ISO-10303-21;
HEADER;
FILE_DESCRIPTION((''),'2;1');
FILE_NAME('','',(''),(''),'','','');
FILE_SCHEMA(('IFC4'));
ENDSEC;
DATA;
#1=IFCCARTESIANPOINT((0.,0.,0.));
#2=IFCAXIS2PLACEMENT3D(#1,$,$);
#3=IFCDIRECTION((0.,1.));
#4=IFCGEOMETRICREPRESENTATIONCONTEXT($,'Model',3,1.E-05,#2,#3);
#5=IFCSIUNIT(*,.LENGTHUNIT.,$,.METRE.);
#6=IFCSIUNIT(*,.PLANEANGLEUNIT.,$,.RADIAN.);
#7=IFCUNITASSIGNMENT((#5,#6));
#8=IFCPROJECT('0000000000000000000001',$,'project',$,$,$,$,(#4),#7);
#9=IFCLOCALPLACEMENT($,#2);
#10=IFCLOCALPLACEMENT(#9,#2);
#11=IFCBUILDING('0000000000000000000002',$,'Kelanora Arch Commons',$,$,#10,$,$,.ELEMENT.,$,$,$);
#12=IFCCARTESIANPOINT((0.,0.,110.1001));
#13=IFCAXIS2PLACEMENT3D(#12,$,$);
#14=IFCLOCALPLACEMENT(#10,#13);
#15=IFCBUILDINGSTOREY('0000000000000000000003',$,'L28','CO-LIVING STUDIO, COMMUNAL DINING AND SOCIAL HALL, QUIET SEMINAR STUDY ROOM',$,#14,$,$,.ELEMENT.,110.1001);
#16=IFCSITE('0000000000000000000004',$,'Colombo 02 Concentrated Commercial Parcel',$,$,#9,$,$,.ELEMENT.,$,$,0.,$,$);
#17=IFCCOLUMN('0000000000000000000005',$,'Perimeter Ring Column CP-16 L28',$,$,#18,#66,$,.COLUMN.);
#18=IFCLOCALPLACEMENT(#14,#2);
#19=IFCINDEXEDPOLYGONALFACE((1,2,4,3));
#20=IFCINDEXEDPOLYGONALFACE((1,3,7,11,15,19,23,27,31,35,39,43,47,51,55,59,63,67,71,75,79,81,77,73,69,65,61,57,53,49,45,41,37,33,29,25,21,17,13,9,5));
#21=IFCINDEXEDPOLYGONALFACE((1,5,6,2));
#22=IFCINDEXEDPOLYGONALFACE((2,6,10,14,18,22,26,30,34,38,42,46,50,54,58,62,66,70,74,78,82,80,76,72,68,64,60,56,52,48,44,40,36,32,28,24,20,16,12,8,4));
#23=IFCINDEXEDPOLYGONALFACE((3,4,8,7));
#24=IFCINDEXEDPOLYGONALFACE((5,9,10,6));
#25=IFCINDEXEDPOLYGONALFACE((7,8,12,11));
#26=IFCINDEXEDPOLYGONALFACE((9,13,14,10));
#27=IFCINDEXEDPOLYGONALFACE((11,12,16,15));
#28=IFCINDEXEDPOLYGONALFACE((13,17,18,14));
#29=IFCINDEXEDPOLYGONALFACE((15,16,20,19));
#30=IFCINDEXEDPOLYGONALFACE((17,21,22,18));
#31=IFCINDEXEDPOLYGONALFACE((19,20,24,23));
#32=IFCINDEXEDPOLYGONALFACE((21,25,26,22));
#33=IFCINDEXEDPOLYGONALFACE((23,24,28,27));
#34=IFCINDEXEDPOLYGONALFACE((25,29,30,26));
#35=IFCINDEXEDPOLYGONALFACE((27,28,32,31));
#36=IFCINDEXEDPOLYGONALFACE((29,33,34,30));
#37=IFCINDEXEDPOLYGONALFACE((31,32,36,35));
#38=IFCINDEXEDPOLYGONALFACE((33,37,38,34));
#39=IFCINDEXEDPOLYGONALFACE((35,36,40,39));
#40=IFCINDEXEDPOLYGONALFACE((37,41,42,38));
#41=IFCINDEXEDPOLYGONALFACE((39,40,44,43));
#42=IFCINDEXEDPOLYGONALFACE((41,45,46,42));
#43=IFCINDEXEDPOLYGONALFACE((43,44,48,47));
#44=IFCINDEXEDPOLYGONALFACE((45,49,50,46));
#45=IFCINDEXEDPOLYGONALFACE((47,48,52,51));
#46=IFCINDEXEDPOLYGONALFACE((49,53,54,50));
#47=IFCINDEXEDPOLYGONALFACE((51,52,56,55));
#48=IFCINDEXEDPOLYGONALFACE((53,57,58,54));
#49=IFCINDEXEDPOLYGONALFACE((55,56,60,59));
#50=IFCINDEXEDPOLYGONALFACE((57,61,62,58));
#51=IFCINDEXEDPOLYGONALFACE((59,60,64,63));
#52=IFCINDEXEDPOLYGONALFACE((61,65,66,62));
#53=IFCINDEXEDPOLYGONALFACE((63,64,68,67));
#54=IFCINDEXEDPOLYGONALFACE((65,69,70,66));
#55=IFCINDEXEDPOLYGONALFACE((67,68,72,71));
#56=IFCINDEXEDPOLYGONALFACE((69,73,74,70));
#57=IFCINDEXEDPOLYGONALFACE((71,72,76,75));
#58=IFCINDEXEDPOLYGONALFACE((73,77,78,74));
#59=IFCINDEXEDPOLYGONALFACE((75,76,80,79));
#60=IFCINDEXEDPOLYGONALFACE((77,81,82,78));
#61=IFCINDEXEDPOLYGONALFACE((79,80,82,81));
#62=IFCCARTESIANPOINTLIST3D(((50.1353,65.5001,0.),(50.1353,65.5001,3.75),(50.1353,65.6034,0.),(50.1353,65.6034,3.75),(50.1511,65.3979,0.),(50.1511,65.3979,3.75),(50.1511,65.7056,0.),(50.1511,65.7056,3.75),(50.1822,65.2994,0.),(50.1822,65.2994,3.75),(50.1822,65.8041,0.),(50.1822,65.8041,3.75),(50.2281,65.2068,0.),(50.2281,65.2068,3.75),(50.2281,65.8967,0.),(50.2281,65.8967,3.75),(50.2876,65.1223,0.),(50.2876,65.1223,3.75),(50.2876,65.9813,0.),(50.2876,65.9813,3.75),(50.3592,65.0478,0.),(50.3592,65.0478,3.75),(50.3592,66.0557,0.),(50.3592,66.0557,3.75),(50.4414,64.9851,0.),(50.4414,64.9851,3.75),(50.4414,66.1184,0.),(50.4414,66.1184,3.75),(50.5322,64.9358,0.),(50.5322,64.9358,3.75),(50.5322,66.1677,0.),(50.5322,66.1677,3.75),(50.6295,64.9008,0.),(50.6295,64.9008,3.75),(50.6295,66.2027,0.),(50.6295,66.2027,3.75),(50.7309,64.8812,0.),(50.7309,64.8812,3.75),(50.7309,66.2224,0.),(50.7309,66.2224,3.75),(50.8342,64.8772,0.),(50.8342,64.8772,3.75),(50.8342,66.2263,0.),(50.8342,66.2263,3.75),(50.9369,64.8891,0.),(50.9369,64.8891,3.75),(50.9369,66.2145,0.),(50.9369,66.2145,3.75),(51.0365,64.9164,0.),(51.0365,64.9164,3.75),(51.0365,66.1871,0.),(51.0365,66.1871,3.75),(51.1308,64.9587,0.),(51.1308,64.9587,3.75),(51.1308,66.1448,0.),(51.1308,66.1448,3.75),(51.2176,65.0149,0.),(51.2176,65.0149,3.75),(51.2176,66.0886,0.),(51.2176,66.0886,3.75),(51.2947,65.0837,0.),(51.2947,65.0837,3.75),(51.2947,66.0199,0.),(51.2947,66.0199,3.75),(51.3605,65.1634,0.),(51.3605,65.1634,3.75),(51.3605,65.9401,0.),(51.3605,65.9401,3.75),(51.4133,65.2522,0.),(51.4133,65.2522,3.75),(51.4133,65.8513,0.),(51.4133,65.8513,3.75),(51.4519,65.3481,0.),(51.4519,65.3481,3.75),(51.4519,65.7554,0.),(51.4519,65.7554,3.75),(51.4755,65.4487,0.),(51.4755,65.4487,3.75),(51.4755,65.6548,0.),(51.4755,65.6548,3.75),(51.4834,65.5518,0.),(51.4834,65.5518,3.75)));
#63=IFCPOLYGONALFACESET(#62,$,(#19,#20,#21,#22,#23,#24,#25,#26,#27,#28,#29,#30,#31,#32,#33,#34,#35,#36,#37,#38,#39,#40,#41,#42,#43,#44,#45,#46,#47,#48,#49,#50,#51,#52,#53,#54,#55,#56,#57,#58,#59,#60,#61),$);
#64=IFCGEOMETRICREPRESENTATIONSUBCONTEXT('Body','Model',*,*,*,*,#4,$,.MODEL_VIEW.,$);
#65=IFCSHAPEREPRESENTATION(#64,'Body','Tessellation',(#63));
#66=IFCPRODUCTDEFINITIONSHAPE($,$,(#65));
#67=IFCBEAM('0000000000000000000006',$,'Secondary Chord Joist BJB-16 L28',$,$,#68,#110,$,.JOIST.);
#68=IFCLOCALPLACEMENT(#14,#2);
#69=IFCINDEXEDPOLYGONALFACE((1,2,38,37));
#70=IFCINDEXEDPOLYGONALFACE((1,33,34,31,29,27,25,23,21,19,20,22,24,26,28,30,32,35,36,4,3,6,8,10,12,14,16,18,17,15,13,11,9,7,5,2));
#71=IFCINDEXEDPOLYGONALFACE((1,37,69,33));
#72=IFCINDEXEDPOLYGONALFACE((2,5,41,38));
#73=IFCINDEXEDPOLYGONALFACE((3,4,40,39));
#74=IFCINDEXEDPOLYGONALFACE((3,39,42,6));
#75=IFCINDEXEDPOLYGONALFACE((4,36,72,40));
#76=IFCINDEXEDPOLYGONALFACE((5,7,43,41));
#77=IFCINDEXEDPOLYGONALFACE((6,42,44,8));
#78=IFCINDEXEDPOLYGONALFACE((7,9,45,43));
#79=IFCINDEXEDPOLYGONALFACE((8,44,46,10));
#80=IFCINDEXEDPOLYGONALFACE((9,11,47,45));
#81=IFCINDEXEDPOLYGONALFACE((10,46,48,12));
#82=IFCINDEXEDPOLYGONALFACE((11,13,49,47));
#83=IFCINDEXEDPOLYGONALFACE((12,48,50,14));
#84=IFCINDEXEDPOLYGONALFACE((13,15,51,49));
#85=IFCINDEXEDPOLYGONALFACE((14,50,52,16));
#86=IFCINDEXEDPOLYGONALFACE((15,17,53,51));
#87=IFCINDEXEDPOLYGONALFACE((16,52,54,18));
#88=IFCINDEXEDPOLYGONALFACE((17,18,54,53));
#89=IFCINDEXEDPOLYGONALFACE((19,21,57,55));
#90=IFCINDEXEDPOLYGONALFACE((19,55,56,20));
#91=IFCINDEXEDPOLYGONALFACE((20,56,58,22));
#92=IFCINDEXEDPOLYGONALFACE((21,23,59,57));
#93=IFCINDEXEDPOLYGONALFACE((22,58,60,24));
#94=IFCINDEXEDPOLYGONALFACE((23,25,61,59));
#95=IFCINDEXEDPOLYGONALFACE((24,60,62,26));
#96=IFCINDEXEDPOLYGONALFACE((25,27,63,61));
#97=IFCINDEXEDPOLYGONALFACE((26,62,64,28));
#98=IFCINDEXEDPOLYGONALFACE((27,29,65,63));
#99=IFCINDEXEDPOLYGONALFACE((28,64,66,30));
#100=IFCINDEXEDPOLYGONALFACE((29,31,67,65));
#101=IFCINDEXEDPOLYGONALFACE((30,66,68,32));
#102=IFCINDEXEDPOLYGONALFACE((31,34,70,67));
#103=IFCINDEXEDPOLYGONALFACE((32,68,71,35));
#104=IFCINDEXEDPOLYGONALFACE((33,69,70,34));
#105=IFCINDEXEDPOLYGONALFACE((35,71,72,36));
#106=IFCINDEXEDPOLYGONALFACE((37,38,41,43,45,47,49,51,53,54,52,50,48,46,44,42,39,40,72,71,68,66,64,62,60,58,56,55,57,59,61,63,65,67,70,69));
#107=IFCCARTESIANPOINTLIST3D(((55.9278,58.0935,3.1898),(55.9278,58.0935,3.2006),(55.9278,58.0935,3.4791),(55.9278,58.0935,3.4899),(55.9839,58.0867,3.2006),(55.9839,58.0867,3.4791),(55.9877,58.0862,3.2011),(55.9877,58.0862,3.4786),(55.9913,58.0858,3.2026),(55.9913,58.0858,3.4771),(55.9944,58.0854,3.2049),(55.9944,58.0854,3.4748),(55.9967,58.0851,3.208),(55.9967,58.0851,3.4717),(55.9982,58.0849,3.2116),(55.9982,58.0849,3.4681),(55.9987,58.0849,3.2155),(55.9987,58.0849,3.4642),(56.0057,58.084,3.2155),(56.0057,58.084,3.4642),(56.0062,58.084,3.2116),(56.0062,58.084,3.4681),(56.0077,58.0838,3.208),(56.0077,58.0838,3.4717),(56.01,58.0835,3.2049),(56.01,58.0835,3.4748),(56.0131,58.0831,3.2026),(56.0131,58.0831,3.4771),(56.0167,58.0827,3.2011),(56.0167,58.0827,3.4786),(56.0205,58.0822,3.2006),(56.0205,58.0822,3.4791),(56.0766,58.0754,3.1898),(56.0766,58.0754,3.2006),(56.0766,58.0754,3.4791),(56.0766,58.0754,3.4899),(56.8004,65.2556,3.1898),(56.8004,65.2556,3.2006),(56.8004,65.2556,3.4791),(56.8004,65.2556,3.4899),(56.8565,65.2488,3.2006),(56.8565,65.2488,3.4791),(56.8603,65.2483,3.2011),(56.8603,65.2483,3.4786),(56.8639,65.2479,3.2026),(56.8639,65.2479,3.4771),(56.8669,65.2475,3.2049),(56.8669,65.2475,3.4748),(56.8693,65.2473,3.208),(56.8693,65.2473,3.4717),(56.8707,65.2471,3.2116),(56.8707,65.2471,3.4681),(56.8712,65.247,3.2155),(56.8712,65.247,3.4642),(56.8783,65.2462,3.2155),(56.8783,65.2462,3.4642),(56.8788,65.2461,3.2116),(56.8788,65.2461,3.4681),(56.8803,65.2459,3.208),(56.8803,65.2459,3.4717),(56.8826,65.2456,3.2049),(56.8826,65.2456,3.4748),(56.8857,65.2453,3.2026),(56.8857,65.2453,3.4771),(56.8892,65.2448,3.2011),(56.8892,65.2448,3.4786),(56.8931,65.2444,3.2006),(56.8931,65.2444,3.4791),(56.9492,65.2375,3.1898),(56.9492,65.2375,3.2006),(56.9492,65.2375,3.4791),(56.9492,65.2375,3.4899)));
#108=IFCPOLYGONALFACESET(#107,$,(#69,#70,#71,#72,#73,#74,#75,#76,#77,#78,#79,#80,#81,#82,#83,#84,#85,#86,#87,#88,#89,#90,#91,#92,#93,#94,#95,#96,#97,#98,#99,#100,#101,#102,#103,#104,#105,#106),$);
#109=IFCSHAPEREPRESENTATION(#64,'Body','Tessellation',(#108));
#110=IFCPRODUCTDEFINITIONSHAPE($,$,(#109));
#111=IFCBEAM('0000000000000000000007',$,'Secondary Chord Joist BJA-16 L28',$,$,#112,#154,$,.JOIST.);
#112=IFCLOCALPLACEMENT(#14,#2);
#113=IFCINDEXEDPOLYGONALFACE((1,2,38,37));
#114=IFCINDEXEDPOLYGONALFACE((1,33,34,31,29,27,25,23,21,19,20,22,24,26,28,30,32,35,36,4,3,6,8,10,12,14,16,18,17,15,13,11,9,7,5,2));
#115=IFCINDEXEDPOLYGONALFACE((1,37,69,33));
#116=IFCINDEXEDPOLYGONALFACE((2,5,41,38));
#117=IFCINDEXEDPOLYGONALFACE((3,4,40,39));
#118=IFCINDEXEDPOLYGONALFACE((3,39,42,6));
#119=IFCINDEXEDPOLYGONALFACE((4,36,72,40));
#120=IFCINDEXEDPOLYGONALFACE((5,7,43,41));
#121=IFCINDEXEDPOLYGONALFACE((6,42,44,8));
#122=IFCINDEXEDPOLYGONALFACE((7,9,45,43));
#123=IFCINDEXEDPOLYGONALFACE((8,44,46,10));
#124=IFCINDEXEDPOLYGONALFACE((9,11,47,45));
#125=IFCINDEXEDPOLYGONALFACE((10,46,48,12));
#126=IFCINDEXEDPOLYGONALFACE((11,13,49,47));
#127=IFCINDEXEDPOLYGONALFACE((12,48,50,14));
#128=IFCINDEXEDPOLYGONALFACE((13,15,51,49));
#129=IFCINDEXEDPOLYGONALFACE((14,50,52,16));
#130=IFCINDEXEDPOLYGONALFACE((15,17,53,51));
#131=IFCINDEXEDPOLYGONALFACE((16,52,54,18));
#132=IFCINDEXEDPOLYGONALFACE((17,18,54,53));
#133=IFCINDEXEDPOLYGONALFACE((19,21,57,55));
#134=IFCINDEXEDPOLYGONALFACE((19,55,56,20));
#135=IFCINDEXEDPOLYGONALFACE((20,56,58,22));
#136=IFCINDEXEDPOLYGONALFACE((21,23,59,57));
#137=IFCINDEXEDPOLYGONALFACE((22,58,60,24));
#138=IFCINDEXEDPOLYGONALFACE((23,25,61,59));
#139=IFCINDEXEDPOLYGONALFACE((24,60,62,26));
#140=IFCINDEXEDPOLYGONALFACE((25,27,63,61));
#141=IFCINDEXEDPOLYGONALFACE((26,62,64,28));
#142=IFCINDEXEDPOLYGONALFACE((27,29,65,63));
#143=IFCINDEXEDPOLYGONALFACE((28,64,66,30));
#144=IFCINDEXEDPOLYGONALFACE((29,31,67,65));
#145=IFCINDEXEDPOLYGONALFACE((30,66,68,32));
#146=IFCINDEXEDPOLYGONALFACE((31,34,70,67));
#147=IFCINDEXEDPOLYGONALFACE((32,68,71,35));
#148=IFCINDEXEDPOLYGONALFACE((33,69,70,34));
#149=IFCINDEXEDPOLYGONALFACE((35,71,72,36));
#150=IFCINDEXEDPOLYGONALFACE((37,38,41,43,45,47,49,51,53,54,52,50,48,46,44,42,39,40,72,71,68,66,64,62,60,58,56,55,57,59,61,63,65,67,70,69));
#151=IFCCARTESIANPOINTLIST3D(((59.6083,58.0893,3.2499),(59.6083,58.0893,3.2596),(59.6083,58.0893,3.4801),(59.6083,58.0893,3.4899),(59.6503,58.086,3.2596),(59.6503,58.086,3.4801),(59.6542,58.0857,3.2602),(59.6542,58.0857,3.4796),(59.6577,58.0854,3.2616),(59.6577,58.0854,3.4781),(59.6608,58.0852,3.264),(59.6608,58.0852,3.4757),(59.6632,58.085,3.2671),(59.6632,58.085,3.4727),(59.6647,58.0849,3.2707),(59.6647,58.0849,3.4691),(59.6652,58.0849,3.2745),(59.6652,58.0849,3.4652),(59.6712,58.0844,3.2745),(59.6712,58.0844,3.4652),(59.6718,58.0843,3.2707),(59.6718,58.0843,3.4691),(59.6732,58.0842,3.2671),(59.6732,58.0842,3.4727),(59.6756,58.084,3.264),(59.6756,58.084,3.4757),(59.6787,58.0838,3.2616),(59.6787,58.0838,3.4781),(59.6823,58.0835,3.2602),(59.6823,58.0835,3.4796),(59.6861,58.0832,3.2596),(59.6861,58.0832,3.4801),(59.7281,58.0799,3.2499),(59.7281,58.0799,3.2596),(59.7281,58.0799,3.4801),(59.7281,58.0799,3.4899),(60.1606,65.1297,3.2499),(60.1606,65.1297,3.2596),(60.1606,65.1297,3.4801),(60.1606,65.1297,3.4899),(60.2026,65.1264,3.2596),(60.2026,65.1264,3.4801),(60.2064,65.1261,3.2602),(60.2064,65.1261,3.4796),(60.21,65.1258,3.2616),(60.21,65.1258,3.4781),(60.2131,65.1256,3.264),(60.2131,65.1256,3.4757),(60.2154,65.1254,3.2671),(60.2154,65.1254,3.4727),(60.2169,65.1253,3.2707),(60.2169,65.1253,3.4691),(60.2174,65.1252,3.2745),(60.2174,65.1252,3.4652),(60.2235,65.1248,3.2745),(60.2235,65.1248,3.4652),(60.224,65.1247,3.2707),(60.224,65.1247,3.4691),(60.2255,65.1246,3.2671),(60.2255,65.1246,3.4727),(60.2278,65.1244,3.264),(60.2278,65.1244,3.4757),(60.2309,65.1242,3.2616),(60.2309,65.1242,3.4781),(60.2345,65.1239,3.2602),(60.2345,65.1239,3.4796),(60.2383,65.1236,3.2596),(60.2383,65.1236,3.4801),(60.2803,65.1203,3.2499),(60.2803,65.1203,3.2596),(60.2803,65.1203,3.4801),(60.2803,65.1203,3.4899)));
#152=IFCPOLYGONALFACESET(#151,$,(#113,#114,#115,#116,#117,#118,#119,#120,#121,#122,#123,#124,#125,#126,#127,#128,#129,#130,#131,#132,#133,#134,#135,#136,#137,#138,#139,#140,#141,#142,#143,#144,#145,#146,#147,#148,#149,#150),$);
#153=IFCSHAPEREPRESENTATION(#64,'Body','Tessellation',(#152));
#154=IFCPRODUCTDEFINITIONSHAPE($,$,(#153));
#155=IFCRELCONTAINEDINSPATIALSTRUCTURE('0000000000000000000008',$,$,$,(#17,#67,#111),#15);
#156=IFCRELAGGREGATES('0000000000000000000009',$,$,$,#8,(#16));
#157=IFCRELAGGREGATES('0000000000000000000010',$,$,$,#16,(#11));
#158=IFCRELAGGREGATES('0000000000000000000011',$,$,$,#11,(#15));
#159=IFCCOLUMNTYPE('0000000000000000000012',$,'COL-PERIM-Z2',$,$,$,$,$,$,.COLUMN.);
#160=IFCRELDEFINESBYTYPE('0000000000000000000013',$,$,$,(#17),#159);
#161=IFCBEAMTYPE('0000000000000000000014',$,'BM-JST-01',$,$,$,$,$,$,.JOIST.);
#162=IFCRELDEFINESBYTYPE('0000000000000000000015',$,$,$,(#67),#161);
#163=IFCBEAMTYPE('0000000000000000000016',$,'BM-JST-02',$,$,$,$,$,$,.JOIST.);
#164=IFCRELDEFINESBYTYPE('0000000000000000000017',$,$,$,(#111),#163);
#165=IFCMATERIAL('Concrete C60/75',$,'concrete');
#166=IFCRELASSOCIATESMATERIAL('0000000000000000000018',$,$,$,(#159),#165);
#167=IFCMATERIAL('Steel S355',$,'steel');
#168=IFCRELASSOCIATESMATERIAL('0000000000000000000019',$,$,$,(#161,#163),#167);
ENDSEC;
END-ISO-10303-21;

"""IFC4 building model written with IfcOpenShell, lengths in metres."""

from ifc_helpers import new_model, si_unit, direction, frame, origin, origin_2d, place, context, subcontext, project, spatial, circle, i_section, extrude, material, material_profile, profile_set, type_object, element, save


model = new_model("IFC4")

# Units and contexts
model_context = context("Model", 3, precision=1e-05, world=origin(), true_north=direction((0.0, 1.0)))
body_context = subcontext(model_context, "Body", "Model", "MODEL_VIEW")
ifc_project = project(units=[si_unit("LENGTHUNIT", "METRE"), si_unit("PLANEANGLEUNIT", "RADIAN")], contexts=[model_context])

# Site, building, storey
site_placement = place(None, origin())
site = spatial("IfcSite", under=ifc_project, at=site_placement, Name="Colombo 02 Concentrated Commercial Parcel", CompositionType="ELEMENT", RefElevation=0.0)
building_placement = place(site_placement, origin())
building = spatial("IfcBuilding", under=site, at=building_placement, Name="Kelanora Arch Commons", CompositionType="ELEMENT")
storey_placement = place(building_placement, frame((0.0, 0.0, 110.1001)))
storey = spatial("IfcBuildingStorey", under=building, at=storey_placement, Name="L28", Description="CO-LIVING STUDIO, COMMUNAL DINING AND SOCIAL HALL, QUIET SEMINAR STUDY ROOM", CompositionType="ELEMENT", Elevation=110.1001)

# Column
ifc_material_1 = material(Name="Concrete C60/75", Category="concrete")
ifc_material_profile_1 = material_profile(ifc_material_1, circle(Radius=0.675, at=origin_2d()), Name="RCC1350")
ifc_profile_set_1 = profile_set([ifc_material_profile_1], Name="Concrete C60/75")
column_type = type_object("IfcColumnType", Name="COL-PERIM-Z2", PredefinedType="COLUMN", material=ifc_profile_set_1)
column_placement = place(storey_placement, frame((50.8083, 65.5518, 0.0), z_axis=(0.0, 0.0, 1.0), x_axis=(1.0, 0.0, 0.0)))
element("IfcColumn", 1, at=column_placement, inside=storey, type_object=column_type, Name="Perimeter Ring Column CP-16 L28", PredefinedType="COLUMN", context=body_context, shape_type="SweptSolid", body=[
    extrude(circle(Radius=0.675, at=origin_2d()), origin(), (0.0, 0.0, 1.0), 3.75),
])

# Beams
ifc_material_2 = material(Name="Steel S355", Category="steel")
ifc_material_profile_2 = material_profile(ifc_material_2, i_section(OverallWidth=0.1499, OverallDepth=0.3, WebThickness=0.0071, FlangeThickness=0.0107, FilletRadius=0.0149, at=origin_2d()), Name="IPE300")
ifc_profile_set_2 = profile_set([ifc_material_profile_2], Name="Steel S355")
beam_type_1 = type_object("IfcBeamType", Name="BM-JST-01", PredefinedType="JOIST", material=ifc_profile_set_2)
beam_1_placement = place(storey_placement, frame((56.8748, 65.2466, 3.3398), z_axis=(-0.120936, -0.99266, 0.0), x_axis=(0.99266, -0.120936, 0.0)))
element("IfcBeam", 2, at=beam_1_placement, inside=storey, type_object=beam_type_1, Name="Secondary Chord Joist BJB-16 L28", PredefinedType="JOIST", context=body_context, shape_type="SweptSolid", body=[
    extrude(i_section(OverallWidth=0.1499, OverallDepth=0.3, WebThickness=0.0071, FlangeThickness=0.0107, FilletRadius=0.0149, at=origin_2d()), origin(), (0.0, 0.0, 1.0), 7.2151),
])
ifc_material_profile_3 = material_profile(ifc_material_2, i_section(OverallWidth=0.1201, OverallDepth=0.24, WebThickness=0.0061, FlangeThickness=0.0098, FilletRadius=0.0149, at=origin_2d()), Name="IPE240")
ifc_profile_set_3 = profile_set([ifc_material_profile_3], Name="Steel S355")
beam_type_2 = type_object("IfcBeamType", Name="BM-JST-02", PredefinedType="JOIST", material=ifc_profile_set_3)
beam_2_placement = place(storey_placement, frame((60.2205, 65.125, 3.3699), z_axis=(-0.078201, -0.996938, 0.0), x_axis=(0.996938, -0.078201, 0.0)))
element("IfcBeam", 3, at=beam_2_placement, inside=storey, type_object=beam_type_2, Name="Secondary Chord Joist BJA-16 L28", PredefinedType="JOIST", context=body_context, shape_type="SweptSolid", body=[
    extrude(i_section(OverallWidth=0.1201, OverallDepth=0.24, WebThickness=0.0061, FlangeThickness=0.0098, FilletRadius=0.0149, at=origin_2d()), origin(), (0.0, 0.0, 1.0), 7.062),
])

save(model, "model.ifc")
